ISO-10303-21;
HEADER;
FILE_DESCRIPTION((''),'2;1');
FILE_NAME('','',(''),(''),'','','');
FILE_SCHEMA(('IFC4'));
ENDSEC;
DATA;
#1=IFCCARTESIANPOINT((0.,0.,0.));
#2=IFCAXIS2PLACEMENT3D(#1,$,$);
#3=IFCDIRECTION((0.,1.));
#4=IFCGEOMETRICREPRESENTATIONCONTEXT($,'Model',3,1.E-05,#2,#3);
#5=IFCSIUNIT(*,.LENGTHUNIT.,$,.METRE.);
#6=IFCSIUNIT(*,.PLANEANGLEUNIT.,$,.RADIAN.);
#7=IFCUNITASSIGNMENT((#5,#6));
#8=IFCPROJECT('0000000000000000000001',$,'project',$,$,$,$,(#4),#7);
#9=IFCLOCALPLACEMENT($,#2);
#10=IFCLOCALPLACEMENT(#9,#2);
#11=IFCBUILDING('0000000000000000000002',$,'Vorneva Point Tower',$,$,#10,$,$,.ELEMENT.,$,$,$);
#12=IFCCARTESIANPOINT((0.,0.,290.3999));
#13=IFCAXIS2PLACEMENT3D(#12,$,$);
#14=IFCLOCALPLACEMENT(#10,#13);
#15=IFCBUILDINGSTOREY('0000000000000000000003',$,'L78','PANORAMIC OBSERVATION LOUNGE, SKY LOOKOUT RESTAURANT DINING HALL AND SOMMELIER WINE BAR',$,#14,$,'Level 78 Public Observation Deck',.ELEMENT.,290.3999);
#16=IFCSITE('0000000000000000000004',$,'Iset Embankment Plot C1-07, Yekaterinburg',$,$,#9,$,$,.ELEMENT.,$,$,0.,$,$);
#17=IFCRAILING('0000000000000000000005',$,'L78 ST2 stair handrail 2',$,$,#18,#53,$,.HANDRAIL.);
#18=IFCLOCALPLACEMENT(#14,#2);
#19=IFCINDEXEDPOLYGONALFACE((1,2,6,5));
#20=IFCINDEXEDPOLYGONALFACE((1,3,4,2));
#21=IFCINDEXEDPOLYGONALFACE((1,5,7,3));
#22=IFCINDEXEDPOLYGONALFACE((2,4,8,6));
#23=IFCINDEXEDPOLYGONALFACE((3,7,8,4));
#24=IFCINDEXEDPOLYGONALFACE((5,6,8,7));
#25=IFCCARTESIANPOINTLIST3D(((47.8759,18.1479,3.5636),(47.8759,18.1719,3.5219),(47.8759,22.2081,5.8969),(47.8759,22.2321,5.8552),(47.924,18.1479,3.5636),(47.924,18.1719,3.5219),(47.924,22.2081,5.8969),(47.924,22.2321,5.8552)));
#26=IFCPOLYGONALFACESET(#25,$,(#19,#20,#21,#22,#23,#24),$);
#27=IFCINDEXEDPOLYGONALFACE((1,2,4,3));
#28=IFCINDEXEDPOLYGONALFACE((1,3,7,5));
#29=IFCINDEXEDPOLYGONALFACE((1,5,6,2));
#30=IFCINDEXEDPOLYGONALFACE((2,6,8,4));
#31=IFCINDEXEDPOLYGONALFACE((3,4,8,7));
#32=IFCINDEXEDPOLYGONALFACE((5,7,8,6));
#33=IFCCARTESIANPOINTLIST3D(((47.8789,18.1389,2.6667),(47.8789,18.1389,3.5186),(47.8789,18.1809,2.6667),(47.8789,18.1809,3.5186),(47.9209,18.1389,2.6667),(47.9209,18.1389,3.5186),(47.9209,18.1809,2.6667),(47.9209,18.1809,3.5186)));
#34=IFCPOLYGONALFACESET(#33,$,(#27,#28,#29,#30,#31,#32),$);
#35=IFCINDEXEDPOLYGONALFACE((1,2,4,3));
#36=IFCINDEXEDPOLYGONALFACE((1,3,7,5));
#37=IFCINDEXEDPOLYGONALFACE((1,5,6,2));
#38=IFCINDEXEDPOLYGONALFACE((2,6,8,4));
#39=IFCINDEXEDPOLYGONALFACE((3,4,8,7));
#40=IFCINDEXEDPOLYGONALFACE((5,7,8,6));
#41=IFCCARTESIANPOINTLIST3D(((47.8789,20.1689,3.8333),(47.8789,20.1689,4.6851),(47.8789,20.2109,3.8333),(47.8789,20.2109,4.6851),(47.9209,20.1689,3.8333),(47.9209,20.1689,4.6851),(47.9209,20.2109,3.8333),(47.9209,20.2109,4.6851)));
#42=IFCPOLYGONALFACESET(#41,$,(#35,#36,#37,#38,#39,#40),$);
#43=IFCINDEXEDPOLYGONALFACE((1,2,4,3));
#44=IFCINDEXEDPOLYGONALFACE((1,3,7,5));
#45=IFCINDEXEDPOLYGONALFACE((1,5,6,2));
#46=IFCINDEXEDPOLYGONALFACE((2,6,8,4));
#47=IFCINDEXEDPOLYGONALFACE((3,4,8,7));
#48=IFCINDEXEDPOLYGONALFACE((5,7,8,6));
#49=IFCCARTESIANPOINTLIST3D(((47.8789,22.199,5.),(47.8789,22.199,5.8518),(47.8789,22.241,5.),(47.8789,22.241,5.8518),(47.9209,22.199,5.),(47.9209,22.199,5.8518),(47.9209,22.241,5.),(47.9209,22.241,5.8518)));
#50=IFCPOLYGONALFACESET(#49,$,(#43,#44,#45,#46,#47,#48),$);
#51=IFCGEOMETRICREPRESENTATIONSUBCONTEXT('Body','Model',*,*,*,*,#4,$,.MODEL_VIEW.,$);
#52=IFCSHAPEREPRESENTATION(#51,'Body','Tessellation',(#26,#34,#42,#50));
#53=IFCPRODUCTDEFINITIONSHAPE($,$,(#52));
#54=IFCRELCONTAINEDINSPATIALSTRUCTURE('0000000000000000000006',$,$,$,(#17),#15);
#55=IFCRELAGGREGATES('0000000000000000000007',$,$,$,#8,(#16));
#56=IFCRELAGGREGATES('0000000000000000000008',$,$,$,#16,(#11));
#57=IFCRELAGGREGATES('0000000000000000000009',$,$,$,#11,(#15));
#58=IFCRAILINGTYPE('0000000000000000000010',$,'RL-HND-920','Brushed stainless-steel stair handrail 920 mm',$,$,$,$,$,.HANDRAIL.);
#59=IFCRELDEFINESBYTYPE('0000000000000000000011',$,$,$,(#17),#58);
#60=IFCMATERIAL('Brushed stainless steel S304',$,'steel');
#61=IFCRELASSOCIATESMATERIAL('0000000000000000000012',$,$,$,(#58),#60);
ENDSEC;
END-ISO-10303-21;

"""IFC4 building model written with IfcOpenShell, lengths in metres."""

from ifc_helpers import new_model, si_unit, direction, frame, origin, origin_2d, place, context, subcontext, project, spatial, rectangle, extrude, material, type_object, element, save


model = new_model("IFC4")

# Units and contexts
model_context = context("Model", 3, precision=1e-05, world=origin(), true_north=direction((0.0, 1.0)))
body_context = subcontext(model_context, "Body", "Model", "MODEL_VIEW")
ifc_project = project(units=[si_unit("LENGTHUNIT", "METRE"), si_unit("PLANEANGLEUNIT", "RADIAN")], contexts=[model_context])

# Site, building, storey
site_placement = place(None, origin())
site = spatial("IfcSite", under=ifc_project, at=site_placement, Name="Iset Embankment Plot C1-07, Yekaterinburg", CompositionType="ELEMENT", RefElevation=0.0)
building_placement = place(site_placement, origin())
building = spatial("IfcBuilding", under=site, at=building_placement, Name="Vorneva Point Tower", CompositionType="ELEMENT")
storey_placement = place(building_placement, frame((0.0, 0.0, 290.3999)))
storey = spatial("IfcBuildingStorey", under=building, at=storey_placement, Name="L78", Description="PANORAMIC OBSERVATION LOUNGE, SKY LOOKOUT RESTAURANT DINING HALL AND SOMMELIER WINE BAR", LongName="Level 78 Public Observation Deck", CompositionType="ELEMENT", Elevation=290.3999)

# Railing
ifc_material_1 = material(Name="Brushed stainless steel S304", Category="steel")
railing_type = type_object("IfcRailingType", Name="RL-HND-920", Description="Brushed stainless-steel stair handrail 920 mm", PredefinedType="HANDRAIL", material=ifc_material_1)
railing_placement = place(storey_placement, frame((47.8999, 18.1599, 2.6667)))
element("IfcRailing", 1, at=railing_placement, inside=storey, type_object=railing_type, Name="L78 ST2 stair handrail 2", PredefinedType="HANDRAIL", context=body_context, shape_type="SweptSolid", body=[
    extrude(rectangle(XDim=0.0481, YDim=0.0481, at=origin_2d()), frame((0.0, 0.0, 0.876), z_axis=(0.0, 0.867025, 0.498265), x_axis=(-1.0, 0.0, 0.0)), (0.0, 0.0, 1.0), 4.6829),
    extrude(rectangle(XDim=0.042, YDim=0.042, at=origin_2d()), origin(), (0.0, 0.0, 1.0), 0.8518),
    extrude(rectangle(XDim=0.042, YDim=0.042, at=origin_2d()), frame((0.0, 2.03, 1.1665)), (0.0, 0.0, 1.0), 0.8518),
    extrude(rectangle(XDim=0.042, YDim=0.042, at=origin_2d()), frame((0.0, 4.0601, 2.3333)), (0.0, 0.0, 1.0), 0.8518),
])

save(model, "model.ifc")
